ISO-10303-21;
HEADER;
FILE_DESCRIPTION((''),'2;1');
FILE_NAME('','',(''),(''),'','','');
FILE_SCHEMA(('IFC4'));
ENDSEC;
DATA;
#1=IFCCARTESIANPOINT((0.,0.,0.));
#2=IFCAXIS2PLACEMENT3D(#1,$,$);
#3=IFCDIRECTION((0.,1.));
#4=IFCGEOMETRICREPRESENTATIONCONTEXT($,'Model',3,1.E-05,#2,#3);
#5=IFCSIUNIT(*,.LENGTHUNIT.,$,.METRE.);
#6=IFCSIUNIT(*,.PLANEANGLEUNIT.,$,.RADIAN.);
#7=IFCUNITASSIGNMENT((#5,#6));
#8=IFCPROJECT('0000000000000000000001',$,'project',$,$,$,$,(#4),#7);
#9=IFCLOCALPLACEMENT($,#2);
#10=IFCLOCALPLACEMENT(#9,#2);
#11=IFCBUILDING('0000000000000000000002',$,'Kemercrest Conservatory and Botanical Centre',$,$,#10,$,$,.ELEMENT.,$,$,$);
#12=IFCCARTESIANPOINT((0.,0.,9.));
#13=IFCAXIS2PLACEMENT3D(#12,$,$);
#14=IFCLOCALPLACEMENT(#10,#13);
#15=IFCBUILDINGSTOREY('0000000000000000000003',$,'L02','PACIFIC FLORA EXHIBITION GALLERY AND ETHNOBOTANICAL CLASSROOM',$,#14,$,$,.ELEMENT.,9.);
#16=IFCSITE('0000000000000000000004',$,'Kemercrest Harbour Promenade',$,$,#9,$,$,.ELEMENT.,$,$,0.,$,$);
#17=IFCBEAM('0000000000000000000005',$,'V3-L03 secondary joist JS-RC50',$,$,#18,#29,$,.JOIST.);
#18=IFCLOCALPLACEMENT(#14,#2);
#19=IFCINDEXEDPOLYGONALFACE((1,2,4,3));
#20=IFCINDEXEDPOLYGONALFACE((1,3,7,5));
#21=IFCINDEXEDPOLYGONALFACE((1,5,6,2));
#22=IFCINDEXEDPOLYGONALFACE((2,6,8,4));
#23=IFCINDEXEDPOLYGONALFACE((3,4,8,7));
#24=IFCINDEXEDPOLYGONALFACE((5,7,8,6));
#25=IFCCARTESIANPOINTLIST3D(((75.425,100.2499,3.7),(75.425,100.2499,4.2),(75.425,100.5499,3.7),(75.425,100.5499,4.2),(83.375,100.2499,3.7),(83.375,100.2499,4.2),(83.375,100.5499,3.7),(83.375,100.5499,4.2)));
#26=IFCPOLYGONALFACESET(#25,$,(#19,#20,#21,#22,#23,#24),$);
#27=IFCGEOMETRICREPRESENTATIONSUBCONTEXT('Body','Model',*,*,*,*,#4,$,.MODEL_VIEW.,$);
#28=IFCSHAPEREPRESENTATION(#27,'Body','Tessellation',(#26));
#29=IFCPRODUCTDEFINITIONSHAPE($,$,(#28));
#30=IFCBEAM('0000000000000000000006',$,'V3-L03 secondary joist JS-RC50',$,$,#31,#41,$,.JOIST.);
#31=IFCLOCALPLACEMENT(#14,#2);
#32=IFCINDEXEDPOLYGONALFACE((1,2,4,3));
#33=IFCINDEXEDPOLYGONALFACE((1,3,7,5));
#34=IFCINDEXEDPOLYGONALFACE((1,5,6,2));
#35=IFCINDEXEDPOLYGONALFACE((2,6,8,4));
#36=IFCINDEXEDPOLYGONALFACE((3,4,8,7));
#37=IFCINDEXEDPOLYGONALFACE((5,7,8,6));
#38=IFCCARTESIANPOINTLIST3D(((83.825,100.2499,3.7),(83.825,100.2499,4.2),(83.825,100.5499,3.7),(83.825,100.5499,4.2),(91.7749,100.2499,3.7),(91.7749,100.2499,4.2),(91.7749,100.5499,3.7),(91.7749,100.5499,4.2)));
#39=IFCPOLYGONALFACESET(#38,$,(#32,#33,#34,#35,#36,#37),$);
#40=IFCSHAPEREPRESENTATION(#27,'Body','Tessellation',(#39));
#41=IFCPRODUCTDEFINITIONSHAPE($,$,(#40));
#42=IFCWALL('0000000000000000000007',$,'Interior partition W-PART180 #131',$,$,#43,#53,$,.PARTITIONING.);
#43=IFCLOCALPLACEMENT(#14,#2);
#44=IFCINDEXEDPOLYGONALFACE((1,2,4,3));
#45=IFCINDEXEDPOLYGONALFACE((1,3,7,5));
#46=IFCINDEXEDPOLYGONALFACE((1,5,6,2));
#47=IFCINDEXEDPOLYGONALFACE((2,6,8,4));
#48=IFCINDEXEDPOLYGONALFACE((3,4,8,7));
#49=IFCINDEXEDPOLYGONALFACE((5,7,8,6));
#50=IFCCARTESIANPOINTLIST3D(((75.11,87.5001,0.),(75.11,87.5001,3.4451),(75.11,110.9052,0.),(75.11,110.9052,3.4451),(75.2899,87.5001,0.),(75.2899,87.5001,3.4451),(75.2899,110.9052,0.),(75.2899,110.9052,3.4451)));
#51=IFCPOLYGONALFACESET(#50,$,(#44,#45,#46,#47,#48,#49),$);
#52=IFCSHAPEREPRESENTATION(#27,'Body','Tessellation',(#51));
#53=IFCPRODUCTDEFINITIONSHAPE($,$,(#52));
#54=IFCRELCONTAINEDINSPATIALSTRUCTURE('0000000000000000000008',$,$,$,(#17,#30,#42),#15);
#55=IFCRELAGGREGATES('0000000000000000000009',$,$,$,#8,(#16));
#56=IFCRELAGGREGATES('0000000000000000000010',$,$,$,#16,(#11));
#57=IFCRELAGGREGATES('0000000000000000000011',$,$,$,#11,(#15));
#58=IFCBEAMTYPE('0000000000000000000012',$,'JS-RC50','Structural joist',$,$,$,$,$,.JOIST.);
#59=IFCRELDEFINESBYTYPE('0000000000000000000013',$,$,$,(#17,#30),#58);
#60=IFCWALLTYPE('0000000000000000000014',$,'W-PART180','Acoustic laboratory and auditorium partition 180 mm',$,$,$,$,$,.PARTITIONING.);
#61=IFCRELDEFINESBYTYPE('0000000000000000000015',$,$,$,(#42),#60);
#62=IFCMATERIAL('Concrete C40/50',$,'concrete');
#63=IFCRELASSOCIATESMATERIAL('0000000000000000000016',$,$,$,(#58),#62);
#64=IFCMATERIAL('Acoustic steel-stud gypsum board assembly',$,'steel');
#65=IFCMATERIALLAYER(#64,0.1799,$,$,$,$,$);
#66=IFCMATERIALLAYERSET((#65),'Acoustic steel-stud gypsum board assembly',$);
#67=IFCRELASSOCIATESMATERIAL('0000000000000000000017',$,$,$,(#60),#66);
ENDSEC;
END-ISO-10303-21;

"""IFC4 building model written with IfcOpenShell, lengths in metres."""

from ifc_helpers import new_model, si_unit, direction, frame, frame_2d, origin, origin_2d, place, context, subcontext, project, spatial, rectangle, extrude, material, layer, layer_set, material_profile, profile_set, type_object, element, save


model = new_model("IFC4")

# Units and contexts
model_context = context("Model", 3, precision=1e-05, world=origin(), true_north=direction((0.0, 1.0)))
body_context = subcontext(model_context, "Body", "Model", "MODEL_VIEW")
ifc_project = project(units=[si_unit("LENGTHUNIT", "METRE"), si_unit("PLANEANGLEUNIT", "RADIAN")], contexts=[model_context])

# Site, building, storey
site_placement = place(None, origin())
site = spatial("IfcSite", under=ifc_project, at=site_placement, Name="Kemercrest Harbour Promenade", CompositionType="ELEMENT", RefElevation=0.0)
building_placement = place(site_placement, origin())
building = spatial("IfcBuilding", under=site, at=building_placement, Name="Kemercrest Conservatory and Botanical Centre", CompositionType="ELEMENT")
storey_placement = place(building_placement, frame((0.0, 0.0, 9.0)))
storey = spatial("IfcBuildingStorey", under=building, at=storey_placement, Name="L02", Description="PACIFIC FLORA EXHIBITION GALLERY AND ETHNOBOTANICAL CLASSROOM", CompositionType="ELEMENT", Elevation=9.0)

# Shared definitions
ifc_material_1 = material(Name="Concrete C40/50", Category="concrete")

# Beams
ifc_material_profile_1 = material_profile(ifc_material_1, rectangle(XDim=0.3, YDim=0.5, at=origin_2d()), Name="RC 300x500")
ifc_profile_set_1 = profile_set([ifc_material_profile_1], Name="Concrete C40/50")
beam_type_1 = type_object("IfcBeamType", Name="JS-RC50", Description="Structural joist", PredefinedType="JOIST", material=ifc_profile_set_1)
for number, where, z_axis, x_axis, name in (
    (1, (75.425, 100.3999, 3.95), (1.0, 0.0, 0.0), (0.0, 1.0, 0.0), "V3-L03 secondary joist JS-RC50"),
    (2, (83.825, 100.3999, 3.95), (1.0, 0.0, 0.0), (0.0, 1.0, 0.0), "V3-L03 secondary joist JS-RC50"),
):
    element("IfcBeam", number, at=place(storey_placement, frame(where, z_axis=z_axis, x_axis=x_axis)), inside=storey, type_object=beam_type_1, Name=name, PredefinedType="JOIST", context=body_context, shape_type="SweptSolid", body=[
        extrude(rectangle(XDim=0.3, YDim=0.5, at=origin_2d()), origin(), (0.0, 0.0, 1.0), 7.95),
    ])

# Wall
ifc_material_2 = material(Name="Acoustic steel-stud gypsum board assembly", Category="steel")
ifc_layer = layer(ifc_material_2, 0.1799)
ifc_layer_set = layer_set([ifc_layer], Name="Acoustic steel-stud gypsum board assembly")
wall_type = type_object("IfcWallType", Name="W-PART180", Description="Acoustic laboratory and auditorium partition 180 mm", PredefinedType="PARTITIONING", material=ifc_layer_set)
wall_placement = place(storey_placement, frame((75.2, 87.5, 0.0), z_axis=(0.0, 0.0, 1.0), x_axis=(0.0, 1.0, 0.0)))
element("IfcWall", 3, at=wall_placement, inside=storey, type_object=wall_type, Name="Interior partition W-PART180 #131", PredefinedType="PARTITIONING", context=body_context, shape_type="SweptSolid", body=[
    extrude(rectangle(XDim=23.405, YDim=0.1799, at=frame_2d((11.7026, 0.0))), origin(), (0.0, 0.0, 1.0), 3.4451),
])

save(model, "model.ifc")
